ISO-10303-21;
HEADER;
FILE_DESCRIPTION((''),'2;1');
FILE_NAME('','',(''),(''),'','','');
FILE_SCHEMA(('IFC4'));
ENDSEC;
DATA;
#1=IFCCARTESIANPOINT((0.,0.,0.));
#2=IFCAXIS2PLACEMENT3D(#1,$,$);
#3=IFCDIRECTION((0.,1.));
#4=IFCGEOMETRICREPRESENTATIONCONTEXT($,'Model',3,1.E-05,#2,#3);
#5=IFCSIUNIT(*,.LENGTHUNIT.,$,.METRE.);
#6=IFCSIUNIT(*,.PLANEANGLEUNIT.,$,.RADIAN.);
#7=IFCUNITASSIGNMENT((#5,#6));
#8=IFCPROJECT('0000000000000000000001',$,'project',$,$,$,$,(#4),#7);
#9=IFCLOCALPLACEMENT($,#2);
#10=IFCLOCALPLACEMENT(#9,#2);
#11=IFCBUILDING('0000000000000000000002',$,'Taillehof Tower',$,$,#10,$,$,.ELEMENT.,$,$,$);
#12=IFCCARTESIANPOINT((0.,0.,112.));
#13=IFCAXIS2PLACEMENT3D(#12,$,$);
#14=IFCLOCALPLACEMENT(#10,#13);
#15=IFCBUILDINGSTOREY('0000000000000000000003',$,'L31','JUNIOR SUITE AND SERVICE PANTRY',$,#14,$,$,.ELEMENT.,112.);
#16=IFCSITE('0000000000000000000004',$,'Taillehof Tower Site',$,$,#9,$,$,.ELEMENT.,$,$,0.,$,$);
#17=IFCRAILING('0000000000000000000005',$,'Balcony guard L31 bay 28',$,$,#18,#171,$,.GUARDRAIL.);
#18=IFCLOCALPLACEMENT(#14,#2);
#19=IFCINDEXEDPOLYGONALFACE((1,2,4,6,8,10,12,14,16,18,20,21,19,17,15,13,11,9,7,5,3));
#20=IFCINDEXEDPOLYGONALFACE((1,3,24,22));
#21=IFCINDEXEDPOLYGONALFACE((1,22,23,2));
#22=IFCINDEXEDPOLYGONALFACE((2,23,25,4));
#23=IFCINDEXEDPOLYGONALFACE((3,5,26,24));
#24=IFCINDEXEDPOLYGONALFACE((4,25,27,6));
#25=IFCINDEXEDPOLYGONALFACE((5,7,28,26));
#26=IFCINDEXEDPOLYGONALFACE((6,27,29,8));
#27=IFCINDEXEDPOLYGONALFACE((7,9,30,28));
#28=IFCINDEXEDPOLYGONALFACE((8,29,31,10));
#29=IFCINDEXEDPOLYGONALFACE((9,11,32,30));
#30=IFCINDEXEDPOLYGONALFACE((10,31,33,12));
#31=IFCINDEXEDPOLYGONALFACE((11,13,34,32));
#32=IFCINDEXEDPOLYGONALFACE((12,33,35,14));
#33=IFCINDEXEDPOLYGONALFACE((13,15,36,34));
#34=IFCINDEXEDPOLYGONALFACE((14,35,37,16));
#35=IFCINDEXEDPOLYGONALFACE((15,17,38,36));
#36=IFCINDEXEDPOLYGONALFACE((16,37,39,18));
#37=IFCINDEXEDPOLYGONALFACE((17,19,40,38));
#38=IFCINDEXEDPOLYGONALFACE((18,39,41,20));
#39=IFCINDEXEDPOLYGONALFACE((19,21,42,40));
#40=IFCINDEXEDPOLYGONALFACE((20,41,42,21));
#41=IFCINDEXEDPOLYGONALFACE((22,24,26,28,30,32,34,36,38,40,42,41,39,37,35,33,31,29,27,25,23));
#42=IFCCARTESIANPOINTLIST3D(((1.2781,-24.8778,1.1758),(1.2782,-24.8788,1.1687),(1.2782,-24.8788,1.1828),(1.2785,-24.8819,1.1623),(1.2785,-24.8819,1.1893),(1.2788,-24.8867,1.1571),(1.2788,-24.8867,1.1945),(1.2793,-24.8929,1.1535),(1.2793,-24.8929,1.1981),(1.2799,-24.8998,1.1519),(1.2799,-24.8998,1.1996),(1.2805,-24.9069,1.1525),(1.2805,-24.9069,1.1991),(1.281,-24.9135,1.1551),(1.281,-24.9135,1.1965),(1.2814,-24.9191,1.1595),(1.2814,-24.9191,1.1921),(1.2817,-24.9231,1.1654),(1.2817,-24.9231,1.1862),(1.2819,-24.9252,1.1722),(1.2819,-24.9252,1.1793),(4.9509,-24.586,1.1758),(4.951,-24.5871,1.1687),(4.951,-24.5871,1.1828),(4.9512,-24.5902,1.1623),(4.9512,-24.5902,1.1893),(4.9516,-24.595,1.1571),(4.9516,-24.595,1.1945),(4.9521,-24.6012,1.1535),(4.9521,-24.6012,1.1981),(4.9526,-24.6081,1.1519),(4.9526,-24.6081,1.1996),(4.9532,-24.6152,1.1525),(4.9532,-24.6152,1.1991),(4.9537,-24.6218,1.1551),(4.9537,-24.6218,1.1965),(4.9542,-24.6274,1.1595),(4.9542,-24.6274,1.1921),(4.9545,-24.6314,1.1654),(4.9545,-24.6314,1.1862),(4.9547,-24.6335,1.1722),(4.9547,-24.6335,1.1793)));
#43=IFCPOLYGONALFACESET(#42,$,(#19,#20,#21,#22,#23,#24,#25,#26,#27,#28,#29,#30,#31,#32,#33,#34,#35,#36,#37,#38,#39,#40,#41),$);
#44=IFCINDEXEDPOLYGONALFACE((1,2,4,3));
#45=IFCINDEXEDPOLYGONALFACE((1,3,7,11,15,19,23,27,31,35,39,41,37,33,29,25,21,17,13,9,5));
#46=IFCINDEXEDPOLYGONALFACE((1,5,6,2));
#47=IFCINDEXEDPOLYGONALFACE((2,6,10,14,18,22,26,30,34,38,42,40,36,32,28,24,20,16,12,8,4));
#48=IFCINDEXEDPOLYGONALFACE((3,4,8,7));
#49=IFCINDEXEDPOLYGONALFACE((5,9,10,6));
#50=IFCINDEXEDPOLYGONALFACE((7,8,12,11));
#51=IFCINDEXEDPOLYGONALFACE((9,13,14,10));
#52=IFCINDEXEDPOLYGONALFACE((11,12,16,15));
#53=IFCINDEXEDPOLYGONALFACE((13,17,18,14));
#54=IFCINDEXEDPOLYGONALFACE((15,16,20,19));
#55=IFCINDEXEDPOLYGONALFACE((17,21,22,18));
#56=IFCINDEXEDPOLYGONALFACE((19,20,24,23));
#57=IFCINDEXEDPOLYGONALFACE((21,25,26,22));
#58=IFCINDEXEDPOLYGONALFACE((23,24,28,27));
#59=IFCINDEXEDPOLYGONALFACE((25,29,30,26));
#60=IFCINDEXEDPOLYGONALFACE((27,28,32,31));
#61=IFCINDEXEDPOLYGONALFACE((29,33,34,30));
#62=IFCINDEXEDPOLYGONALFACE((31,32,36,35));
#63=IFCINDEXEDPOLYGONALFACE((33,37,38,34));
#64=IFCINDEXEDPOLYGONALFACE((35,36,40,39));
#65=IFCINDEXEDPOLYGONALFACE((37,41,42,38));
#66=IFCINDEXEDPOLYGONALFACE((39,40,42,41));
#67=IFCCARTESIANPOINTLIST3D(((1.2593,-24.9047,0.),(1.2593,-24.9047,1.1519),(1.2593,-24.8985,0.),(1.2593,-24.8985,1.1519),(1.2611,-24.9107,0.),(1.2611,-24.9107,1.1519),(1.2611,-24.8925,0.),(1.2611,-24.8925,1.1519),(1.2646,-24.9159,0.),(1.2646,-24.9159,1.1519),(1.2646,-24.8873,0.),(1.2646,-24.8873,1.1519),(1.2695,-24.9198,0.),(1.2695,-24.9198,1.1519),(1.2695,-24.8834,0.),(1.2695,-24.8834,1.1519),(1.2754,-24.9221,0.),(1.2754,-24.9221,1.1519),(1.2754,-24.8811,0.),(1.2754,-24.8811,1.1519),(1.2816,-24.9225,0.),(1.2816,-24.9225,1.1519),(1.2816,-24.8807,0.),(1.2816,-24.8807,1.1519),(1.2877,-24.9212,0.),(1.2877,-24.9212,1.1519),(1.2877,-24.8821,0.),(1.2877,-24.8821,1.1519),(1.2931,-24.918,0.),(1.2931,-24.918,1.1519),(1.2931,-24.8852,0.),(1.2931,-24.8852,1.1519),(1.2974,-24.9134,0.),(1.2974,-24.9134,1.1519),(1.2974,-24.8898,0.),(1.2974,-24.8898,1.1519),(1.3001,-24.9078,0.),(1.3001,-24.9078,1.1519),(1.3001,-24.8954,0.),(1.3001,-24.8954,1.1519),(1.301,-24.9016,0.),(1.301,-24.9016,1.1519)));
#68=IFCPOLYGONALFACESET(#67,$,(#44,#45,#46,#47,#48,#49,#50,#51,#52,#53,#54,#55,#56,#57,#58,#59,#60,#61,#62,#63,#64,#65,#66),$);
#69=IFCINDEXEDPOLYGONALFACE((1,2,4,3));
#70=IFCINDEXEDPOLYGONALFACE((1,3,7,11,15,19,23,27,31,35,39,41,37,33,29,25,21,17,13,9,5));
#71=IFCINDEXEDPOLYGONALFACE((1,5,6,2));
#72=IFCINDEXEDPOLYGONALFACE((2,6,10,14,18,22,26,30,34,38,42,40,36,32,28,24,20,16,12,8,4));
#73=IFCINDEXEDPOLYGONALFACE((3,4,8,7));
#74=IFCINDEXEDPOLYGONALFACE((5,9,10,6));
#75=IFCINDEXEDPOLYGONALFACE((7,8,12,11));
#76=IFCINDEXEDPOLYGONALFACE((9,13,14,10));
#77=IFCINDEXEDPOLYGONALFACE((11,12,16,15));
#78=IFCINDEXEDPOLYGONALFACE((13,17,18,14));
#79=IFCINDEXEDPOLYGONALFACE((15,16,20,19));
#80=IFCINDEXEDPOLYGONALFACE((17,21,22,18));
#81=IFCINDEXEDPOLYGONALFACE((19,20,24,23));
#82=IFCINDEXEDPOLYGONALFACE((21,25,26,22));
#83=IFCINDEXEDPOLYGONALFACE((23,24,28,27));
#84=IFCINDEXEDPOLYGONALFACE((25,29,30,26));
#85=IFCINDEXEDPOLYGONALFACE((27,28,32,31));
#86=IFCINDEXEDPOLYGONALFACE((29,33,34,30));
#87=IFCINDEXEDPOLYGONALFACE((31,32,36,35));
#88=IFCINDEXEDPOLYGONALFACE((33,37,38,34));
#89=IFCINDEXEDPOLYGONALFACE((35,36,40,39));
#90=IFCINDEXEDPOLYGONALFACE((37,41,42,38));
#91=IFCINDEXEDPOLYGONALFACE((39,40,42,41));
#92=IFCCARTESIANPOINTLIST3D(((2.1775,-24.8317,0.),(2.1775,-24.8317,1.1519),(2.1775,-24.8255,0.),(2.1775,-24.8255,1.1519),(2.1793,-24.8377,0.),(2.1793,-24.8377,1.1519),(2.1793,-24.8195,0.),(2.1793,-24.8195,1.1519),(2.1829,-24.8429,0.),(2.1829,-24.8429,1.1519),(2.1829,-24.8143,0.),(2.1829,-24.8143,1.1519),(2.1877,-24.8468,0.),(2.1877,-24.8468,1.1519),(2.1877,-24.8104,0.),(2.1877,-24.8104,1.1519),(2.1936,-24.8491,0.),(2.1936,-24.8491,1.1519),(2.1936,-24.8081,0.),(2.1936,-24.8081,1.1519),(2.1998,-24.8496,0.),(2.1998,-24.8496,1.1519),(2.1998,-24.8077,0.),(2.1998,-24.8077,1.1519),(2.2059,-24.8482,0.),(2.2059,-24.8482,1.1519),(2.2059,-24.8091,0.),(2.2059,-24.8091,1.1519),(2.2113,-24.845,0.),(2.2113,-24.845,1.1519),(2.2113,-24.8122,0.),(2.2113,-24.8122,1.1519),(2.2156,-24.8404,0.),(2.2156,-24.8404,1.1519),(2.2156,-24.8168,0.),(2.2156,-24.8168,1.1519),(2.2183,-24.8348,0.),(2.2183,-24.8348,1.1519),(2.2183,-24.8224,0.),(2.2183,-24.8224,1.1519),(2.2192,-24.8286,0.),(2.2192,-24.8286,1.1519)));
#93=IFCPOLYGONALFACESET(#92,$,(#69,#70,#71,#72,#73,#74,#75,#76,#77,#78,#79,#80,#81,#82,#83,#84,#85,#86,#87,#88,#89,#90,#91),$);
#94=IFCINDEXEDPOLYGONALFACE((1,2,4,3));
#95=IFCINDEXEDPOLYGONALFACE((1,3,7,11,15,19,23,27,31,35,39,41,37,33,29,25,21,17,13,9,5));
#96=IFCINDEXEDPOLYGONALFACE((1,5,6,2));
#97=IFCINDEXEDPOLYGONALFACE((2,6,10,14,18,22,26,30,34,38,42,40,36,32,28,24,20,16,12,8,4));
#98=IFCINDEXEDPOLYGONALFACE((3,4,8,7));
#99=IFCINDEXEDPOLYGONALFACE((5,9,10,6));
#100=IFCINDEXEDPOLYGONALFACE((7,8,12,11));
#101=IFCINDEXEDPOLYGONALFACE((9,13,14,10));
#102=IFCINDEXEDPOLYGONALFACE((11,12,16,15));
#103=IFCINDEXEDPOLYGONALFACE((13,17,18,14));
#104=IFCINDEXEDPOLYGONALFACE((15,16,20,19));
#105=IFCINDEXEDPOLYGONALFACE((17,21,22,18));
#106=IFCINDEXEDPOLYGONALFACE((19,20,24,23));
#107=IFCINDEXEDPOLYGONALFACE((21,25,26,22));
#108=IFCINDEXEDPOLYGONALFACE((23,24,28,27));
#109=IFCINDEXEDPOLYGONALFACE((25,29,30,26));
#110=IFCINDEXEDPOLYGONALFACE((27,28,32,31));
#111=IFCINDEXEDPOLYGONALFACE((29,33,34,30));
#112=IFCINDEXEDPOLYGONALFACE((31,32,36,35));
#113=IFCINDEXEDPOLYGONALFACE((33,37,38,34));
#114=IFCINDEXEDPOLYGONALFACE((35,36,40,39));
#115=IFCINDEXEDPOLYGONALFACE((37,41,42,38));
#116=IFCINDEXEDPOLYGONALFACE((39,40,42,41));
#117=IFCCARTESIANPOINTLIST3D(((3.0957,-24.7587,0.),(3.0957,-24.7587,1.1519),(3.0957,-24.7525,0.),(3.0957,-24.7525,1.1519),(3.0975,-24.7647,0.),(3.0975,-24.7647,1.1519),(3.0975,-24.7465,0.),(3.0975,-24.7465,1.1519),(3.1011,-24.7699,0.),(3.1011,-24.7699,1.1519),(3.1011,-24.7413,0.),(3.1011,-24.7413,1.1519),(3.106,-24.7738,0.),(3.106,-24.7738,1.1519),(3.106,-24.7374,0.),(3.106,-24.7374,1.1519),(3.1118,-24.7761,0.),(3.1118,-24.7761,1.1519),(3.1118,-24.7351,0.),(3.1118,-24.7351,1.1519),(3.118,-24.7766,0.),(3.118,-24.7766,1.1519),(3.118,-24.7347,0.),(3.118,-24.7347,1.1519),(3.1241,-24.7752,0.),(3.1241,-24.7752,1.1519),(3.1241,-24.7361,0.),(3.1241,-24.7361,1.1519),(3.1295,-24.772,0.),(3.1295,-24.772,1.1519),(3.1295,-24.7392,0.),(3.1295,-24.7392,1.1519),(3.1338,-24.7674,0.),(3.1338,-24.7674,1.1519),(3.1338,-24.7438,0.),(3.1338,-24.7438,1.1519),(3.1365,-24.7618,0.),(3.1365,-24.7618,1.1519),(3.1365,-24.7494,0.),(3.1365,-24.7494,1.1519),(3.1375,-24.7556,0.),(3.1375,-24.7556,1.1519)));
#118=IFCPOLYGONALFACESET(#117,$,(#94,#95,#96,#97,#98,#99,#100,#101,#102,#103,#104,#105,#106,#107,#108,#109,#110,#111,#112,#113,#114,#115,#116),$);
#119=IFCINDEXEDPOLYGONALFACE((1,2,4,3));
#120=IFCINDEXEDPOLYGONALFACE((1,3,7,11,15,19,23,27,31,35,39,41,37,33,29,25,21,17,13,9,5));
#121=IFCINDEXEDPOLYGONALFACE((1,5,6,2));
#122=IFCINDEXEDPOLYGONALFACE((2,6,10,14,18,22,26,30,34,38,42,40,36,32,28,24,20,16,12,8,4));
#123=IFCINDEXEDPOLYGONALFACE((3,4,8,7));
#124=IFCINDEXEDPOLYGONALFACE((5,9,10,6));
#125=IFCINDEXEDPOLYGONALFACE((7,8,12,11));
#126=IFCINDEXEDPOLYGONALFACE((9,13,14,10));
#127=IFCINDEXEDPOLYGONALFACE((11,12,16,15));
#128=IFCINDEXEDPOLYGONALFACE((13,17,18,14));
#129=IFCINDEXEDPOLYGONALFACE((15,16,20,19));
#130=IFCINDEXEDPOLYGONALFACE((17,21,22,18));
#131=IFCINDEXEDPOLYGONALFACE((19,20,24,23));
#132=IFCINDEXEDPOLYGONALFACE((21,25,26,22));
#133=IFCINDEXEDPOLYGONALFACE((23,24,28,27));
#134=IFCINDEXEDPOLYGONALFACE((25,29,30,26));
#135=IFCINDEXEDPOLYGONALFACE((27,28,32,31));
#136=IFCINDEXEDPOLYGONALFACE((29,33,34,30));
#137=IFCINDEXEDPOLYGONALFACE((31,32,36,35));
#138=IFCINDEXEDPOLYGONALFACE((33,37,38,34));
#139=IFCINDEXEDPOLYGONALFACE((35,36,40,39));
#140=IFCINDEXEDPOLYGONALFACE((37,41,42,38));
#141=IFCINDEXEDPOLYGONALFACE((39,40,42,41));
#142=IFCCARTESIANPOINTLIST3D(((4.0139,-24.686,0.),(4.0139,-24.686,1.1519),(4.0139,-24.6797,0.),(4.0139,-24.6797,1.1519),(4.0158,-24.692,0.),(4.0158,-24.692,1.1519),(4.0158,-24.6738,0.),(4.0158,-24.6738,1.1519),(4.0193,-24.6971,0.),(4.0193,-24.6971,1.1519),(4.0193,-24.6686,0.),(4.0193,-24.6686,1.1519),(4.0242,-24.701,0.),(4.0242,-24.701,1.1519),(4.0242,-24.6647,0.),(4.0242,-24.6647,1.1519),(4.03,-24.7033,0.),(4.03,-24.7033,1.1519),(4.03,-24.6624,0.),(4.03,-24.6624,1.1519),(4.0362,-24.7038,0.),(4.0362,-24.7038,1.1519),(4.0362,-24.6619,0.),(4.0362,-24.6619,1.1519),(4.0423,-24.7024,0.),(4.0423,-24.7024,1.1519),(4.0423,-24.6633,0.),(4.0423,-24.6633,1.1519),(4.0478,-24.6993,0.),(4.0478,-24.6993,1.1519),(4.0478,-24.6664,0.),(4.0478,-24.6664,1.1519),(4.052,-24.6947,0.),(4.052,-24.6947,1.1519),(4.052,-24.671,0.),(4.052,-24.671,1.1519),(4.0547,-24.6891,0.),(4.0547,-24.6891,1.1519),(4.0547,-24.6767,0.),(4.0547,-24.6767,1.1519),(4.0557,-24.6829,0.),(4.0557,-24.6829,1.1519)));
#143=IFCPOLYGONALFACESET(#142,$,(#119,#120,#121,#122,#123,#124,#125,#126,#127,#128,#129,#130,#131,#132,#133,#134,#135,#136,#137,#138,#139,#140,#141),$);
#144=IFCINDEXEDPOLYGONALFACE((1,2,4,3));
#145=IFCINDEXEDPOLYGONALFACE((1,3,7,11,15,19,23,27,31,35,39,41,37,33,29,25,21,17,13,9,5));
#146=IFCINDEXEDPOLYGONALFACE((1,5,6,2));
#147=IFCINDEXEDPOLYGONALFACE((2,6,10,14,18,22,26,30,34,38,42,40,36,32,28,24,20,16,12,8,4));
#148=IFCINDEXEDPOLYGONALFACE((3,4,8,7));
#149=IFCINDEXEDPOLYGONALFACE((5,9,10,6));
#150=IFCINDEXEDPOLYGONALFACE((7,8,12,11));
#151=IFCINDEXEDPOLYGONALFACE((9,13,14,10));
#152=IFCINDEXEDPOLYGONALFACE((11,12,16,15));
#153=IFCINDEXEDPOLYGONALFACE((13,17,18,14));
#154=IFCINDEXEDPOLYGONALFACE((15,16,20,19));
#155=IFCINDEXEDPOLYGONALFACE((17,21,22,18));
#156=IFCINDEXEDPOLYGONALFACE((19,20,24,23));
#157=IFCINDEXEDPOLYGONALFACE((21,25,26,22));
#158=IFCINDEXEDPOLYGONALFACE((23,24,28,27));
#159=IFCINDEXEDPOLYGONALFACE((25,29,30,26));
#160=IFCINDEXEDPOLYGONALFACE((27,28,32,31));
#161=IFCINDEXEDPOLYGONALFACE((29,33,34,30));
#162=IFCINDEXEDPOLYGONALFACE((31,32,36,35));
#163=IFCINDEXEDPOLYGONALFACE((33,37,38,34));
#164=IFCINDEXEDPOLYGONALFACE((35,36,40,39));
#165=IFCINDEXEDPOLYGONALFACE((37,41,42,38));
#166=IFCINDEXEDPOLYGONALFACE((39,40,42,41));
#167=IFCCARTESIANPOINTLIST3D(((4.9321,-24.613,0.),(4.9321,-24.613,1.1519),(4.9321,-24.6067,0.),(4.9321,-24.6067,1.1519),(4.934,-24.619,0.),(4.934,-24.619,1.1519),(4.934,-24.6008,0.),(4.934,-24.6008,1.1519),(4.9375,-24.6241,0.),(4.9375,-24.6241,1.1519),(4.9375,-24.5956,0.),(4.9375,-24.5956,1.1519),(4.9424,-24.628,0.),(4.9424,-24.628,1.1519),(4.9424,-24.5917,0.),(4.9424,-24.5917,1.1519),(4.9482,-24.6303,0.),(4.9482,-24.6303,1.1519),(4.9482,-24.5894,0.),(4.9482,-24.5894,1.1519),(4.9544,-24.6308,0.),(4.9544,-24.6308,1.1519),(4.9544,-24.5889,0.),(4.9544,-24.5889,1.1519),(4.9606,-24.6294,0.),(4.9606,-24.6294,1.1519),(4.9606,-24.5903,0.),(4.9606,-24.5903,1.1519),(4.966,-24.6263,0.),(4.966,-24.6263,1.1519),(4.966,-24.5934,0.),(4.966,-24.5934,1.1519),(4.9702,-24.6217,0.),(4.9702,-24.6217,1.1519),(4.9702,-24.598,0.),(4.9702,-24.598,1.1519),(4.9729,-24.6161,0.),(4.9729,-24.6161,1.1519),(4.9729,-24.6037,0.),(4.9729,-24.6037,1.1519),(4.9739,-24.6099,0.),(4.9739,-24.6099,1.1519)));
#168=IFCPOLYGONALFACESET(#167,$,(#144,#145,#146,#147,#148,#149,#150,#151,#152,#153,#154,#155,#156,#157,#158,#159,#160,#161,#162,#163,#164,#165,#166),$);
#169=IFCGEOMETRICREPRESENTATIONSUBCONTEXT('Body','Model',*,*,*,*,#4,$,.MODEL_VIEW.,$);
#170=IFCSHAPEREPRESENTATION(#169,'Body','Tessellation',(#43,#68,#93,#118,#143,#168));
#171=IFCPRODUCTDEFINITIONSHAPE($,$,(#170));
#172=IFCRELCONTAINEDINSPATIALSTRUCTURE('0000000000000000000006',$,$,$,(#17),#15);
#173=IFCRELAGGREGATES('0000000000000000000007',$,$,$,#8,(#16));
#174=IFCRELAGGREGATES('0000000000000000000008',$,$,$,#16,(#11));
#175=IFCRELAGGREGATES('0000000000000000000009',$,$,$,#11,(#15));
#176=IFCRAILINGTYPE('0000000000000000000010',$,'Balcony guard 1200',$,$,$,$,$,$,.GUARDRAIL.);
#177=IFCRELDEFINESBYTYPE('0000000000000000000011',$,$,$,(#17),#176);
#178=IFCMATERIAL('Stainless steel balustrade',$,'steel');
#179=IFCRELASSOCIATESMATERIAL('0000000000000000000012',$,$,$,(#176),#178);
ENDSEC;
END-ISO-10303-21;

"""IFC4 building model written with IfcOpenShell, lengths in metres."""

from ifc_helpers import new_model, si_unit, direction, frame, origin, origin_2d, place, context, subcontext, project, spatial, circle, extrude, material, type_object, element, save


model = new_model("IFC4")

# Units and contexts
model_context = context("Model", 3, precision=1e-05, world=origin(), true_north=direction((0.0, 1.0)))
body_context = subcontext(model_context, "Body", "Model", "MODEL_VIEW")
ifc_project = project(units=[si_unit("LENGTHUNIT", "METRE"), si_unit("PLANEANGLEUNIT", "RADIAN")], contexts=[model_context])

# Site, building, storey
site_placement = place(None, origin())
site = spatial("IfcSite", under=ifc_project, at=site_placement, Name="Taillehof Tower Site", CompositionType="ELEMENT", RefElevation=0.0)
building_placement = place(site_placement, origin())
building = spatial("IfcBuilding", under=site, at=building_placement, Name="Taillehof Tower", CompositionType="ELEMENT")
storey_placement = place(building_placement, frame((0.0, 0.0, 112.0)))
storey = spatial("IfcBuildingStorey", under=building, at=storey_placement, Name="L31", Description="JUNIOR SUITE AND SERVICE PANTRY", CompositionType="ELEMENT", Elevation=112.0)

# Railing
ifc_material_1 = material(Name="Stainless steel balustrade", Category="steel")
railing_type = type_object("IfcRailingType", Name="Balcony guard 1200", PredefinedType="GUARDRAIL", material=ifc_material_1)
railing_1_placement = place(storey_placement, frame((1.28, -24.9016, 0.0)))
element("IfcRailing", 1, at=railing_1_placement, inside=storey, type_object=railing_type, Name="Balcony guard L31 bay 28", PredefinedType="GUARDRAIL", context=body_context, shape_type="SweptSolid", body=[
    extrude(circle(Radius=0.0239, at=origin_2d()), frame((0.0, 0.0, 1.1758), z_axis=(0.99686, 0.079184, 0.0), x_axis=(-0.079184, 0.99686, 0.0)), (0.0, 0.0, 1.0), 3.6843),
    extrude(circle(Radius=0.021, at=origin_2d()), origin(), (0.0, 0.0, 1.0), 1.1519),
    extrude(circle(Radius=0.021, at=origin_2d()), frame((0.9182, 0.073, 0.0)), (0.0, 0.0, 1.0), 1.1519),
    extrude(circle(Radius=0.021, at=origin_2d()), frame((1.8364, 0.146, 0.0)), (0.0, 0.0, 1.0), 1.1519),
    extrude(circle(Radius=0.021, at=origin_2d()), frame((2.7546, 0.2188, 0.0)), (0.0, 0.0, 1.0), 1.1519),
    extrude(circle(Radius=0.021, at=origin_2d()), frame((3.6729, 0.2917, 0.0)), (0.0, 0.0, 1.0), 1.1519),
])

save(model, "model.ifc")
